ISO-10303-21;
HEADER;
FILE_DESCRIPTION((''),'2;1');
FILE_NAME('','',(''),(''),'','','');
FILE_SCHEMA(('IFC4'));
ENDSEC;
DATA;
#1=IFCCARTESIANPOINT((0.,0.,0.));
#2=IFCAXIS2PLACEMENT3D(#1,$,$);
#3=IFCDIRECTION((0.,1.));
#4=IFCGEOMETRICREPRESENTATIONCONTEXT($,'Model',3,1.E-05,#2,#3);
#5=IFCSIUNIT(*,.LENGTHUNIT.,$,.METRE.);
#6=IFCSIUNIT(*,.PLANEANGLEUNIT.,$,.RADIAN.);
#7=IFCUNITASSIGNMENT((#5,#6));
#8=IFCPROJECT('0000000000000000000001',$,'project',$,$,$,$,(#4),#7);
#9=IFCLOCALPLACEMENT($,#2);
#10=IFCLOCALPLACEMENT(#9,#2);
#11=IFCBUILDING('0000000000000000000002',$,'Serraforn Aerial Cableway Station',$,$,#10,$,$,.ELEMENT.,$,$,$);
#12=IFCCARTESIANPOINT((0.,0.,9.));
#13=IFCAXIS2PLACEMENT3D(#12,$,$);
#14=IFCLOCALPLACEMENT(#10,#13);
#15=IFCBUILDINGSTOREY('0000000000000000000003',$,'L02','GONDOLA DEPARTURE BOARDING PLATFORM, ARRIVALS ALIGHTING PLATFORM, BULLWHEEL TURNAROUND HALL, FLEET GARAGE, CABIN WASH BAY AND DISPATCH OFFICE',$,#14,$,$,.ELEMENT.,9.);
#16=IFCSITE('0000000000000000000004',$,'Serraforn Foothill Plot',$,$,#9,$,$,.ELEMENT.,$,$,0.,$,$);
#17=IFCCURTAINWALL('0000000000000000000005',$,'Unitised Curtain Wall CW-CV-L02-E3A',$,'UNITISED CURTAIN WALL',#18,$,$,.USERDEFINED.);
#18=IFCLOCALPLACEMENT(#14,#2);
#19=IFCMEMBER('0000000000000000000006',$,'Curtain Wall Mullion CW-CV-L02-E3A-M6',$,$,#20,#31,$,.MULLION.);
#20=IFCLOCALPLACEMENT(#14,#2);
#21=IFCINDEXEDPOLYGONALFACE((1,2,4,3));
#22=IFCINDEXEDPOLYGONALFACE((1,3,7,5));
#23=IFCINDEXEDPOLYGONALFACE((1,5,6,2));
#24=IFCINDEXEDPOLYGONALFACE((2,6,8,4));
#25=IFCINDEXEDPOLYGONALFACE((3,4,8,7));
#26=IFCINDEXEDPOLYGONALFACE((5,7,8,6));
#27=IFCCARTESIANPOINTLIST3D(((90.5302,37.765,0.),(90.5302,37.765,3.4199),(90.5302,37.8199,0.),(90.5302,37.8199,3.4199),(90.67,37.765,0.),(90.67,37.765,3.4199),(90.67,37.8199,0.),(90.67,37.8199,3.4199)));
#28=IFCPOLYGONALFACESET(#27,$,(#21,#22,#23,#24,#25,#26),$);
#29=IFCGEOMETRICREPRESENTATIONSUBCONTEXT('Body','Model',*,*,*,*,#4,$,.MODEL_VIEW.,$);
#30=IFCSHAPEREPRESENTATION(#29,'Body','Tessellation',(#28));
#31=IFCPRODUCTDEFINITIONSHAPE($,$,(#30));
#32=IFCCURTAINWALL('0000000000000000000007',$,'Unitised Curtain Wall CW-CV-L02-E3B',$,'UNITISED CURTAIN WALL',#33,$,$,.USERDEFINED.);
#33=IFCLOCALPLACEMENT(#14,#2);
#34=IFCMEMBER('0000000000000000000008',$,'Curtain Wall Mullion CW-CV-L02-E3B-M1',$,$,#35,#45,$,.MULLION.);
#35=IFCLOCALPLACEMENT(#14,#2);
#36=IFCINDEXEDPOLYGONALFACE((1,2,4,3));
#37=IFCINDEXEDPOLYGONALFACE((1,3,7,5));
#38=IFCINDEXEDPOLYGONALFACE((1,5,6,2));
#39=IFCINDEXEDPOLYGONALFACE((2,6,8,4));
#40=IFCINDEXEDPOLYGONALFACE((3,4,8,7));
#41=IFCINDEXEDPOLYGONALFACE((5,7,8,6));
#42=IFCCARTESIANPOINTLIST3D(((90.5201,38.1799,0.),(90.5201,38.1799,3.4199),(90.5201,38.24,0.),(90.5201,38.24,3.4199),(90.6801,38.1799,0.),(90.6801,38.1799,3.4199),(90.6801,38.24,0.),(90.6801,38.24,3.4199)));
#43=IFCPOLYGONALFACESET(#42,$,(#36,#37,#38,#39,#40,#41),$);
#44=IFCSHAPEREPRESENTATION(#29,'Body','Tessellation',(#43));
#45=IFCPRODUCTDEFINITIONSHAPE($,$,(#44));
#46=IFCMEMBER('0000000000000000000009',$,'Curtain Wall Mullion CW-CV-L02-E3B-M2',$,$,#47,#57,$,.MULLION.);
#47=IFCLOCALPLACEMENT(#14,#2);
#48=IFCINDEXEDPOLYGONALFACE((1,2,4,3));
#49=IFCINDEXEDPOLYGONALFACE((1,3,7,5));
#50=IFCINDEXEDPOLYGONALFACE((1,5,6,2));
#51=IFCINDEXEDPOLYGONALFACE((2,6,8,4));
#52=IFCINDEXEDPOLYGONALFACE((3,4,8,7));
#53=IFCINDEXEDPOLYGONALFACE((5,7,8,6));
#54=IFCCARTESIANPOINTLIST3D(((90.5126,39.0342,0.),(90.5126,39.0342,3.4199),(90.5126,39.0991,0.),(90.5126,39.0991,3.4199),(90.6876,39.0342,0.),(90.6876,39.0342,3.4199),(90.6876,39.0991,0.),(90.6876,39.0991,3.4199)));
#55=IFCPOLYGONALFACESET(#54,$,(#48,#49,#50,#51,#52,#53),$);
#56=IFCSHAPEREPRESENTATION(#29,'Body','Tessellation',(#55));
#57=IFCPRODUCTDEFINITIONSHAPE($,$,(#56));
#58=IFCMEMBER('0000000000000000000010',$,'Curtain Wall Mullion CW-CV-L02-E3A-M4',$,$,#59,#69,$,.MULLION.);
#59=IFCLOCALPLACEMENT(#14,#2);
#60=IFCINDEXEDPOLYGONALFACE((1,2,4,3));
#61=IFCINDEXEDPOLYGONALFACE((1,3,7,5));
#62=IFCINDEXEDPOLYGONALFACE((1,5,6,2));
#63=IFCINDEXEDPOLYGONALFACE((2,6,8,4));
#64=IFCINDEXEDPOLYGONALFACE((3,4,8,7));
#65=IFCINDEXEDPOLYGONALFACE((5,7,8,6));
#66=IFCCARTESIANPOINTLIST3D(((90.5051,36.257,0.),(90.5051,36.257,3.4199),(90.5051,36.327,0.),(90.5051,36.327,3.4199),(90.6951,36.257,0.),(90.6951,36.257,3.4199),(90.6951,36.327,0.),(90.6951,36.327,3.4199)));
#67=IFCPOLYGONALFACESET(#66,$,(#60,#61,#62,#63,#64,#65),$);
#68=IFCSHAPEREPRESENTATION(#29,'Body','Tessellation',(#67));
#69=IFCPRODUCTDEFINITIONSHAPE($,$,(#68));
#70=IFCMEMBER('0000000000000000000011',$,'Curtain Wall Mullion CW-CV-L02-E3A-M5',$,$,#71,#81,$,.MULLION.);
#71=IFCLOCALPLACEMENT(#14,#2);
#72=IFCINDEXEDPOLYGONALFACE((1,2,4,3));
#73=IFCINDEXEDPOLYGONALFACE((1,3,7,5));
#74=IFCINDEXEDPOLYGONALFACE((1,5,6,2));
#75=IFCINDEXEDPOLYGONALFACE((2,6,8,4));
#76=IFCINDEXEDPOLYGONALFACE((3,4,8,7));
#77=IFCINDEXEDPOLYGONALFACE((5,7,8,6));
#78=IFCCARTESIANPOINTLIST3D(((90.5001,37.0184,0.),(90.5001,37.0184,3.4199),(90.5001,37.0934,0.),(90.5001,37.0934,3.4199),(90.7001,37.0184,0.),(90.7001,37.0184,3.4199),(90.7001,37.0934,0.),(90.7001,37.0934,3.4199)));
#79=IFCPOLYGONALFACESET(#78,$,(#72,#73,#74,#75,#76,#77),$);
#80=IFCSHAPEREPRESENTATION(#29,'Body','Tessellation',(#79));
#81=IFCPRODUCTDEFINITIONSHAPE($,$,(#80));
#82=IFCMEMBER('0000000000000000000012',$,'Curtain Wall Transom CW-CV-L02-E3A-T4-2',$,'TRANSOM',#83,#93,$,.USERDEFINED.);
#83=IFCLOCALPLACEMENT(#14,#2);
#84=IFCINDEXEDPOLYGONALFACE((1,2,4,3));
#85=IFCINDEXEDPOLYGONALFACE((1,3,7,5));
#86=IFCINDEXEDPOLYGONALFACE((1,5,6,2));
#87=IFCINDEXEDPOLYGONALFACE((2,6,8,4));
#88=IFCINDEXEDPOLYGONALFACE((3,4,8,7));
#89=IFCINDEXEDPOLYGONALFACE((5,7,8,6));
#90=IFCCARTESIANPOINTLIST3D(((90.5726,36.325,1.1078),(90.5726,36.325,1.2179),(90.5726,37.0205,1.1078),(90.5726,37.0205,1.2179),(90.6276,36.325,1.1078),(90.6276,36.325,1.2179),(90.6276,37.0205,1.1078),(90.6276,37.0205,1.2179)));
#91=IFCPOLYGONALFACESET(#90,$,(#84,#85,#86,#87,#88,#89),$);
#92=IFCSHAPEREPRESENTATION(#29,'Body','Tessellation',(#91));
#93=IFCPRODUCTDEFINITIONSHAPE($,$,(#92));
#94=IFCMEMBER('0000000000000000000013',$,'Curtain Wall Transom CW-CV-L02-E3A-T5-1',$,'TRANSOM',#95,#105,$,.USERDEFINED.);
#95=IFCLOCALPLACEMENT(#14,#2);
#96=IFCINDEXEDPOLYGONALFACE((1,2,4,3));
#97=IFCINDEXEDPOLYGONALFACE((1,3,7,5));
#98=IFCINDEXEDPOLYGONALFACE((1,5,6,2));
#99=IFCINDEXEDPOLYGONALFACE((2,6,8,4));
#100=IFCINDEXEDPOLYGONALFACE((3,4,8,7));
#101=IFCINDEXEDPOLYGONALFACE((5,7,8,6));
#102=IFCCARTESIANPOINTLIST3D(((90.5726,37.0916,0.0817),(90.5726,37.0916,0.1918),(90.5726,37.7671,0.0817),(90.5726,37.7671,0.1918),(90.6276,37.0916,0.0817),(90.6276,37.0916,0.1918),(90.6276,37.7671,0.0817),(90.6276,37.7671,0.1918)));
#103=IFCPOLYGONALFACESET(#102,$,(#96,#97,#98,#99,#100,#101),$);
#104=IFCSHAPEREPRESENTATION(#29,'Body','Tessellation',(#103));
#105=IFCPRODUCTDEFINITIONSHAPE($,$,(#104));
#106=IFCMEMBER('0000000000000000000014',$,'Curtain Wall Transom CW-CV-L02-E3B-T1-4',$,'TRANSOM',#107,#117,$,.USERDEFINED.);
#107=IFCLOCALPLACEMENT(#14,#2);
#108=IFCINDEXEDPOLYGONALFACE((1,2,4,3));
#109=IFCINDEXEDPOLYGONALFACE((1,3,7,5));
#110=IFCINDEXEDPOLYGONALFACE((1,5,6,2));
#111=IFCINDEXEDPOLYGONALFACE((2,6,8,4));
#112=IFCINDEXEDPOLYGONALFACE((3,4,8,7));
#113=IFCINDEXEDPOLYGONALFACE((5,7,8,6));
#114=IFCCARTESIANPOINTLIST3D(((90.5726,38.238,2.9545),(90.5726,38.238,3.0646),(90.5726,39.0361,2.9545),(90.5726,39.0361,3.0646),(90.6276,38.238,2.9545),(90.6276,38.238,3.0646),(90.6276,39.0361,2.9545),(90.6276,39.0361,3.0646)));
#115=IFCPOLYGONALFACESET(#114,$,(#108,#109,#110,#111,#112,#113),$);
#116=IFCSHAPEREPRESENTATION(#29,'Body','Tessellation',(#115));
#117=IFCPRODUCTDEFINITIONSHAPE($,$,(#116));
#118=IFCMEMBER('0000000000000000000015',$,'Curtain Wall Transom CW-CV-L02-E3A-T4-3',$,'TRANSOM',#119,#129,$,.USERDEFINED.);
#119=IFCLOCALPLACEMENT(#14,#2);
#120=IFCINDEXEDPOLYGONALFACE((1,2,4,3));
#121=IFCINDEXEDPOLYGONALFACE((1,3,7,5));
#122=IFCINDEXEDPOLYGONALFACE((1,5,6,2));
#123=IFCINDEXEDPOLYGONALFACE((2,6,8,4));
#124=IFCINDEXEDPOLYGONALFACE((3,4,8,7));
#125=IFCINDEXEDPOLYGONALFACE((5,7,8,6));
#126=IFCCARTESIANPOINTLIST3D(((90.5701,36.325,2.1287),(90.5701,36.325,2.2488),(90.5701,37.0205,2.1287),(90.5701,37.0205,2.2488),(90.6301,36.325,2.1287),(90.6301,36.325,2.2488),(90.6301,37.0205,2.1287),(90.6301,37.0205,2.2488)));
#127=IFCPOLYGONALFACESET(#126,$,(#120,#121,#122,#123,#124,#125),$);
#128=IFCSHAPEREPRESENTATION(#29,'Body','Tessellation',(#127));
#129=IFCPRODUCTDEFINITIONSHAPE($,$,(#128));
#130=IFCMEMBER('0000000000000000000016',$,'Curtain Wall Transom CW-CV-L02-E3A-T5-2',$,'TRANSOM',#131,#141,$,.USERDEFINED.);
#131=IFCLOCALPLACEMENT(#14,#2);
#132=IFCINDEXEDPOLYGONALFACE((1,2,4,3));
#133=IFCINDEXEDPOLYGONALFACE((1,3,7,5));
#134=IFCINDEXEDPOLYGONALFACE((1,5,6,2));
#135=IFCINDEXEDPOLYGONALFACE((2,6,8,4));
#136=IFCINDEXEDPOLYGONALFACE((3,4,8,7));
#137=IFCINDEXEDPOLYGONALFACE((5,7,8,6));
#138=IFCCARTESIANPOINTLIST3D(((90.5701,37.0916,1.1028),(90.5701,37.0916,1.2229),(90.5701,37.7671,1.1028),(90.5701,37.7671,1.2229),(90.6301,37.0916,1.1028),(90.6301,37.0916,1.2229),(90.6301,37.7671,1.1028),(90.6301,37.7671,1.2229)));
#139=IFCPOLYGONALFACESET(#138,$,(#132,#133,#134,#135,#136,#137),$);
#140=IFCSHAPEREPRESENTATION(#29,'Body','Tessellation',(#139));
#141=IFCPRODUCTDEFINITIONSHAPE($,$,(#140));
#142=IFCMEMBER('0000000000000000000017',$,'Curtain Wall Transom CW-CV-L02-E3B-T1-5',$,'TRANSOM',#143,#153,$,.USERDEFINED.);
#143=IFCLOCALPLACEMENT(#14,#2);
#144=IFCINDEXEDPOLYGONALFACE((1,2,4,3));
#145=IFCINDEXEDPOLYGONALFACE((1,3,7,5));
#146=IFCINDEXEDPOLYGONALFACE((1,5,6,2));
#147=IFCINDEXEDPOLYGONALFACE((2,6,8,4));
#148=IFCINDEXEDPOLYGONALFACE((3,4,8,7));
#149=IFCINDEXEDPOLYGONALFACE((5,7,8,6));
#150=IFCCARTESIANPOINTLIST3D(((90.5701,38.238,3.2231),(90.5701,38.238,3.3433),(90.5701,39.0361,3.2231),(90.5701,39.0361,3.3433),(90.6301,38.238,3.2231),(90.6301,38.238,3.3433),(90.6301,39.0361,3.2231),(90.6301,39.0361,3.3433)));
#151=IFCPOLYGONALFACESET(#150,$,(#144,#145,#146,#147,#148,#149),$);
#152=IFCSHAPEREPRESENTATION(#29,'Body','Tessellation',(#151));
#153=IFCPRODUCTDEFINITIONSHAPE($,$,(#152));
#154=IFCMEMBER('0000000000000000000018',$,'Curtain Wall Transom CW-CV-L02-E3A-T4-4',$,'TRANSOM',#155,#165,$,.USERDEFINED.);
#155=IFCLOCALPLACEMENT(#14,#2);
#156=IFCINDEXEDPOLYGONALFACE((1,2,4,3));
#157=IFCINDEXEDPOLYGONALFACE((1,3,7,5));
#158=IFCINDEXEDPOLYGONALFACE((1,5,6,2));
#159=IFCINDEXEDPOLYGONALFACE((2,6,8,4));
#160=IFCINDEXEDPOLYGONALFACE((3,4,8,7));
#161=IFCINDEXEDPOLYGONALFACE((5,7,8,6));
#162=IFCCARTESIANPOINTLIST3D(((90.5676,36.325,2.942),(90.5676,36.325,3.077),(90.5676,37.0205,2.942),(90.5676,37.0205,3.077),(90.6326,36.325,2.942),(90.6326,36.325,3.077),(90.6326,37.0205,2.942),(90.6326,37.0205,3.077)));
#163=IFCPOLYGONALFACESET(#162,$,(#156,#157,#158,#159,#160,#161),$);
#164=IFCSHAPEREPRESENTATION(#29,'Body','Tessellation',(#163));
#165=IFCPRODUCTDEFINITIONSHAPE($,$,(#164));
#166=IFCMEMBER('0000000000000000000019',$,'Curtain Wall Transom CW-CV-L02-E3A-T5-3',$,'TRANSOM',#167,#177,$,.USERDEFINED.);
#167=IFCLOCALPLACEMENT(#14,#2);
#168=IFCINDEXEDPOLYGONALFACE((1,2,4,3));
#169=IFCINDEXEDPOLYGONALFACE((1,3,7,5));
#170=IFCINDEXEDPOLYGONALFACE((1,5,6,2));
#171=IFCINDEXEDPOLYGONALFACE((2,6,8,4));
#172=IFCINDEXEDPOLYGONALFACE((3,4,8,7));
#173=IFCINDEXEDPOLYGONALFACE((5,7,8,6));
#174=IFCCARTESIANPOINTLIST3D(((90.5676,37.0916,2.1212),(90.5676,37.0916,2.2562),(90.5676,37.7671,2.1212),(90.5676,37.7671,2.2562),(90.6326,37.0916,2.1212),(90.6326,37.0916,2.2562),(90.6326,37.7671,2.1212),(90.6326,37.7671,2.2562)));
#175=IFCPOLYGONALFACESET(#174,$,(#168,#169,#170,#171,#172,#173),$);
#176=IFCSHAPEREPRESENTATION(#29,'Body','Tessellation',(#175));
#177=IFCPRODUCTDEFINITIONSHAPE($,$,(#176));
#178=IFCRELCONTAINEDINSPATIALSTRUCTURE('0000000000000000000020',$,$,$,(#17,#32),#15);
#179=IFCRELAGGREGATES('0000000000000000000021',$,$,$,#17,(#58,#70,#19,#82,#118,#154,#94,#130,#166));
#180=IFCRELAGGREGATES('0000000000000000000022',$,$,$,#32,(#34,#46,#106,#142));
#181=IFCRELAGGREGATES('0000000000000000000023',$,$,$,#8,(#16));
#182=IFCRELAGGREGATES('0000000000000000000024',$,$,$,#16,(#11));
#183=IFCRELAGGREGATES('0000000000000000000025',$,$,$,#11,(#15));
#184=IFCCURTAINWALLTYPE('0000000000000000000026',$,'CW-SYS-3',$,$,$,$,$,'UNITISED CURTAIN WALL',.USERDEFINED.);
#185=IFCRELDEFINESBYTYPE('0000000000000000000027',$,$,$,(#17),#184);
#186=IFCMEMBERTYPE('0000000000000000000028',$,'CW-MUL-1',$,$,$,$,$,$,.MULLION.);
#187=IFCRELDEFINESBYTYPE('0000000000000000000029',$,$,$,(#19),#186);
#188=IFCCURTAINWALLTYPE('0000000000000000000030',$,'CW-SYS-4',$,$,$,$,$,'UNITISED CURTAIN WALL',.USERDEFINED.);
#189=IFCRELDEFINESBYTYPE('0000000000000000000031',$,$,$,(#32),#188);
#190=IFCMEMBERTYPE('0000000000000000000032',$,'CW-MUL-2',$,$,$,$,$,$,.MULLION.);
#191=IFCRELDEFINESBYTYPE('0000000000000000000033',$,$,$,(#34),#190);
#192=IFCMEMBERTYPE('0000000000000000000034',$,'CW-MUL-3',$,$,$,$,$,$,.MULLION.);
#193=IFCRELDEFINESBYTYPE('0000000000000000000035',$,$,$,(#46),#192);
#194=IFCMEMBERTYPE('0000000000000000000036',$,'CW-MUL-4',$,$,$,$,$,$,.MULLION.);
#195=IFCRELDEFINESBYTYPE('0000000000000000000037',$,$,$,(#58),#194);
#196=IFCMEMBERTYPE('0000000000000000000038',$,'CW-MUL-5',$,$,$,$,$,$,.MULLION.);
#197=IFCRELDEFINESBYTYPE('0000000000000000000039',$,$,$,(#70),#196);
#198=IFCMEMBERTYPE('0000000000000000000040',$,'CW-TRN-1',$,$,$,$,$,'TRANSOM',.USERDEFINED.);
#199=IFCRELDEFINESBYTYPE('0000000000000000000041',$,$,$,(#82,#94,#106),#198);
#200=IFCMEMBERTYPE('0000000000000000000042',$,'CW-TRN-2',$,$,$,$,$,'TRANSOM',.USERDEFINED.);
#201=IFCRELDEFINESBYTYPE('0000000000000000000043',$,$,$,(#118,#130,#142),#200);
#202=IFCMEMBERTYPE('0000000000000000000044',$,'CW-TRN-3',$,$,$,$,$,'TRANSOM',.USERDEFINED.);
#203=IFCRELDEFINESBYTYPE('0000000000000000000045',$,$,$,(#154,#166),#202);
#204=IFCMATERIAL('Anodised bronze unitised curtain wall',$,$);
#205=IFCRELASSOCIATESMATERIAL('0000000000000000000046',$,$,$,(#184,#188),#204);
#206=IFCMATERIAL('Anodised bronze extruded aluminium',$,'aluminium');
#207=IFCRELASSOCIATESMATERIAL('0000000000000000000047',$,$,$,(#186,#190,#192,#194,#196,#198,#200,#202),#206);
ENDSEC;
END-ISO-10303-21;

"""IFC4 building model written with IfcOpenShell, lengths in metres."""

from ifc_helpers import new_model, si_unit, direction, frame, origin, origin_2d, place, context, subcontext, project, spatial, rectangle, extrude, material, material_profile, profile_set, type_object, element, aggregate, save


model = new_model("IFC4")

# Units and contexts
model_context = context("Model", 3, precision=1e-05, world=origin(), true_north=direction((0.0, 1.0)))
body_context = subcontext(model_context, "Body", "Model", "MODEL_VIEW")
ifc_project = project(units=[si_unit("LENGTHUNIT", "METRE"), si_unit("PLANEANGLEUNIT", "RADIAN")], contexts=[model_context])

# Site, building, storey
site_placement = place(None, origin())
site = spatial("IfcSite", under=ifc_project, at=site_placement, Name="Serraforn Foothill Plot", CompositionType="ELEMENT", RefElevation=0.0)
building_placement = place(site_placement, origin())
building = spatial("IfcBuilding", under=site, at=building_placement, Name="Serraforn Aerial Cableway Station", CompositionType="ELEMENT")
storey_placement = place(building_placement, frame((0.0, 0.0, 9.0)))
storey = spatial("IfcBuildingStorey", under=building, at=storey_placement, Name="L02", Description="GONDOLA DEPARTURE BOARDING PLATFORM, ARRIVALS ALIGHTING PLATFORM, BULLWHEEL TURNAROUND HALL, FLEET GARAGE, CABIN WASH BAY AND DISPATCH OFFICE", CompositionType="ELEMENT", Elevation=9.0)

# Curtain wall, member
ifc_material_1 = material(Name="Anodised bronze unitised curtain wall")
curtain_wall_type_1 = type_object("IfcCurtainWallType", Name="CW-SYS-3", ElementType="UNITISED CURTAIN WALL", PredefinedType="USERDEFINED", material=ifc_material_1)
curtain_wall_1_placement = place(storey_placement, origin())
curtain_wall_1 = element("IfcCurtainWall", 1, at=curtain_wall_1_placement, inside=storey, type_object=curtain_wall_type_1, Name="Unitised Curtain Wall CW-CV-L02-E3A", ObjectType="UNITISED CURTAIN WALL", PredefinedType="USERDEFINED")
ifc_material_2 = material(Name="Anodised bronze extruded aluminium", Category="aluminium")
ifc_material_profile_1 = material_profile(ifc_material_2, rectangle(XDim=0.0549, YDim=0.1399, at=origin_2d()), Name="CW MULLION 55x140")
ifc_profile_set_1 = profile_set([ifc_material_profile_1], Name="Anodised bronze extruded aluminium")
member_type_1 = type_object("IfcMemberType", Name="CW-MUL-1", PredefinedType="MULLION", material=ifc_profile_set_1)
member_1_placement = place(storey_placement, frame((90.6001, 37.7925, 0.0), z_axis=(0.0, 0.0, 1.0), x_axis=(0.0, 1.0, 0.0)))
member_1 = element("IfcMember", 2, at=member_1_placement, type_object=member_type_1, Name="Curtain Wall Mullion CW-CV-L02-E3A-M6", PredefinedType="MULLION", context=body_context, shape_type="SweptSolid", body=[
    extrude(rectangle(XDim=0.0549, YDim=0.1399, at=origin_2d()), origin(), (0.0, 0.0, 1.0), 3.4199),
])

# Curtain wall, members
curtain_wall_type_2 = type_object("IfcCurtainWallType", Name="CW-SYS-4", ElementType="UNITISED CURTAIN WALL", PredefinedType="USERDEFINED", material=ifc_material_1)
curtain_wall_2_placement = place(storey_placement, origin())
curtain_wall_2 = element("IfcCurtainWall", 3, at=curtain_wall_2_placement, inside=storey, type_object=curtain_wall_type_2, Name="Unitised Curtain Wall CW-CV-L02-E3B", ObjectType="UNITISED CURTAIN WALL", PredefinedType="USERDEFINED")
ifc_material_profile_2 = material_profile(ifc_material_2, rectangle(XDim=0.0601, YDim=0.1599, at=origin_2d()), Name="CW MULLION 60x160")
ifc_profile_set_2 = profile_set([ifc_material_profile_2], Name="Anodised bronze extruded aluminium")
member_type_2 = type_object("IfcMemberType", Name="CW-MUL-2", PredefinedType="MULLION", material=ifc_profile_set_2)
member_2_placement = place(storey_placement, frame((90.6001, 38.21, 0.0), z_axis=(0.0, 0.0, 1.0), x_axis=(0.0, 1.0, 0.0)))
member_2 = element("IfcMember", 4, at=member_2_placement, type_object=member_type_2, Name="Curtain Wall Mullion CW-CV-L02-E3B-M1", PredefinedType="MULLION", context=body_context, shape_type="SweptSolid", body=[
    extrude(rectangle(XDim=0.0601, YDim=0.1599, at=origin_2d()), origin(), (0.0, 0.0, 1.0), 3.4199),
])
ifc_material_profile_3 = material_profile(ifc_material_2, rectangle(XDim=0.0649, YDim=0.175, at=origin_2d()), Name="CW MULLION 65x175")
ifc_profile_set_3 = profile_set([ifc_material_profile_3], Name="Anodised bronze extruded aluminium")
member_type_3 = type_object("IfcMemberType", Name="CW-MUL-3", PredefinedType="MULLION", material=ifc_profile_set_3)
member_3_placement = place(storey_placement, frame((90.6001, 39.0667, 0.0), z_axis=(0.0, 0.0, 1.0), x_axis=(0.0, 1.0, 0.0)))
member_3 = element("IfcMember", 5, at=member_3_placement, type_object=member_type_3, Name="Curtain Wall Mullion CW-CV-L02-E3B-M2", PredefinedType="MULLION", context=body_context, shape_type="SweptSolid", body=[
    extrude(rectangle(XDim=0.0649, YDim=0.175, at=origin_2d()), origin(), (0.0, 0.0, 1.0), 3.4199),
])

# Members
ifc_material_profile_4 = material_profile(ifc_material_2, rectangle(XDim=0.0701, YDim=0.1899, at=origin_2d()), Name="CW MULLION 70x190")
ifc_profile_set_4 = profile_set([ifc_material_profile_4], Name="Anodised bronze extruded aluminium")
member_type_4 = type_object("IfcMemberType", Name="CW-MUL-4", PredefinedType="MULLION", material=ifc_profile_set_4)
member_4_placement = place(storey_placement, frame((90.6001, 36.292, 0.0), z_axis=(0.0, 0.0, 1.0), x_axis=(0.0, 1.0, 0.0)))
member_4 = element("IfcMember", 6, at=member_4_placement, type_object=member_type_4, Name="Curtain Wall Mullion CW-CV-L02-E3A-M4", PredefinedType="MULLION", context=body_context, shape_type="SweptSolid", body=[
    extrude(rectangle(XDim=0.0701, YDim=0.1899, at=origin_2d()), origin(), (0.0, 0.0, 1.0), 3.4199),
])
ifc_material_profile_5 = material_profile(ifc_material_2, rectangle(XDim=0.075, YDim=0.2, at=origin_2d()), Name="CW MULLION 75x200")
ifc_profile_set_5 = profile_set([ifc_material_profile_5], Name="Anodised bronze extruded aluminium")
member_type_5 = type_object("IfcMemberType", Name="CW-MUL-5", PredefinedType="MULLION", material=ifc_profile_set_5)
member_5_placement = place(storey_placement, frame((90.6001, 37.0559, 0.0), z_axis=(0.0, 0.0, 1.0), x_axis=(0.0, 1.0, 0.0)))
member_5 = element("IfcMember", 7, at=member_5_placement, type_object=member_type_5, Name="Curtain Wall Mullion CW-CV-L02-E3A-M5", PredefinedType="MULLION", context=body_context, shape_type="SweptSolid", body=[
    extrude(rectangle(XDim=0.075, YDim=0.2, at=origin_2d()), origin(), (0.0, 0.0, 1.0), 3.4199),
])
ifc_material_profile_6 = material_profile(ifc_material_2, rectangle(XDim=0.0549, YDim=0.1101, at=origin_2d()), Name="CW TRANSOM 55x110")
ifc_profile_set_6 = profile_set([ifc_material_profile_6], Name="Anodised bronze extruded aluminium")
member_type_6 = type_object("IfcMemberType", Name="CW-TRN-1", ElementType="TRANSOM", PredefinedType="USERDEFINED", material=ifc_profile_set_6)
member_6_placement = place(storey_placement, frame((90.6001, 36.325, 1.1628), z_axis=(0.0, 1.0, 0.0), x_axis=(-1.0, 0.0, 0.0)))
member_6 = element("IfcMember", 8, at=member_6_placement, type_object=member_type_6, Name="Curtain Wall Transom CW-CV-L02-E3A-T4-2", ObjectType="TRANSOM", PredefinedType="USERDEFINED", context=body_context, shape_type="SweptSolid", body=[
    extrude(rectangle(XDim=0.0549, YDim=0.1101, at=origin_2d()), origin(), (0.0, 0.0, 1.0), 0.6956),
])
member_7_placement = place(storey_placement, frame((90.6001, 37.0916, 0.1367), z_axis=(0.0, 1.0, 0.0), x_axis=(-1.0, 0.0, 0.0)))
member_7 = element("IfcMember", 9, at=member_7_placement, type_object=member_type_6, Name="Curtain Wall Transom CW-CV-L02-E3A-T5-1", ObjectType="TRANSOM", PredefinedType="USERDEFINED", context=body_context, shape_type="SweptSolid", body=[
    extrude(rectangle(XDim=0.0549, YDim=0.1101, at=origin_2d()), origin(), (0.0, 0.0, 1.0), 0.6755),
])
member_8_placement = place(storey_placement, frame((90.6001, 38.238, 3.0095), z_axis=(0.0, 1.0, 0.0), x_axis=(-1.0, 0.0, 0.0)))
member_8 = element("IfcMember", 10, at=member_8_placement, type_object=member_type_6, Name="Curtain Wall Transom CW-CV-L02-E3B-T1-4", ObjectType="TRANSOM", PredefinedType="USERDEFINED", context=body_context, shape_type="SweptSolid", body=[
    extrude(rectangle(XDim=0.0549, YDim=0.1101, at=origin_2d()), origin(), (0.0, 0.0, 1.0), 0.7981),
])
ifc_material_profile_7 = material_profile(ifc_material_2, rectangle(XDim=0.0601, YDim=0.1201, at=origin_2d()), Name="CW TRANSOM 60x120")
ifc_profile_set_7 = profile_set([ifc_material_profile_7], Name="Anodised bronze extruded aluminium")
member_type_7 = type_object("IfcMemberType", Name="CW-TRN-2", ElementType="TRANSOM", PredefinedType="USERDEFINED", material=ifc_profile_set_7)
member_9_placement = place(storey_placement, frame((90.6001, 36.325, 2.1887), z_axis=(0.0, 1.0, 0.0), x_axis=(-1.0, 0.0, 0.0)))
member_9 = element("IfcMember", 11, at=member_9_placement, type_object=member_type_7, Name="Curtain Wall Transom CW-CV-L02-E3A-T4-3", ObjectType="TRANSOM", PredefinedType="USERDEFINED", context=body_context, shape_type="SweptSolid", body=[
    extrude(rectangle(XDim=0.0601, YDim=0.1201, at=origin_2d()), origin(), (0.0, 0.0, 1.0), 0.6956),
])
member_10_placement = place(storey_placement, frame((90.6001, 37.0916, 1.1628), z_axis=(0.0, 1.0, 0.0), x_axis=(-1.0, 0.0, 0.0)))
member_10 = element("IfcMember", 12, at=member_10_placement, type_object=member_type_7, Name="Curtain Wall Transom CW-CV-L02-E3A-T5-2", ObjectType="TRANSOM", PredefinedType="USERDEFINED", context=body_context, shape_type="SweptSolid", body=[
    extrude(rectangle(XDim=0.0601, YDim=0.1201, at=origin_2d()), origin(), (0.0, 0.0, 1.0), 0.6755),
])
member_11_placement = place(storey_placement, frame((90.6001, 38.238, 3.2832), z_axis=(0.0, 1.0, 0.0), x_axis=(-1.0, 0.0, 0.0)))
member_11 = element("IfcMember", 13, at=member_11_placement, type_object=member_type_7, Name="Curtain Wall Transom CW-CV-L02-E3B-T1-5", ObjectType="TRANSOM", PredefinedType="USERDEFINED", context=body_context, shape_type="SweptSolid", body=[
    extrude(rectangle(XDim=0.0601, YDim=0.1201, at=origin_2d()), origin(), (0.0, 0.0, 1.0), 0.7981),
])
ifc_material_profile_8 = material_profile(ifc_material_2, rectangle(XDim=0.0649, YDim=0.135, at=origin_2d()), Name="CW TRANSOM 65x135")
ifc_profile_set_8 = profile_set([ifc_material_profile_8], Name="Anodised bronze extruded aluminium")
member_type_8 = type_object("IfcMemberType", Name="CW-TRN-3", ElementType="TRANSOM", PredefinedType="USERDEFINED", material=ifc_profile_set_8)
member_12_placement = place(storey_placement, frame((90.6001, 36.325, 3.0095), z_axis=(0.0, 1.0, 0.0), x_axis=(-1.0, 0.0, 0.0)))
member_12 = element("IfcMember", 14, at=member_12_placement, type_object=member_type_8, Name="Curtain Wall Transom CW-CV-L02-E3A-T4-4", ObjectType="TRANSOM", PredefinedType="USERDEFINED", context=body_context, shape_type="SweptSolid", body=[
    extrude(rectangle(XDim=0.0649, YDim=0.135, at=origin_2d()), origin(), (0.0, 0.0, 1.0), 0.6956),
])
member_13_placement = place(storey_placement, frame((90.6001, 37.0916, 2.1887), z_axis=(0.0, 1.0, 0.0), x_axis=(-1.0, 0.0, 0.0)))
member_13 = element("IfcMember", 15, at=member_13_placement, type_object=member_type_8, Name="Curtain Wall Transom CW-CV-L02-E3A-T5-3", ObjectType="TRANSOM", PredefinedType="USERDEFINED", context=body_context, shape_type="SweptSolid", body=[
    extrude(rectangle(XDim=0.0649, YDim=0.135, at=origin_2d()), origin(), (0.0, 0.0, 1.0), 0.6755),
])

aggregate(curtain_wall_1, [member_4, member_5, member_1, member_6, member_9, member_12, member_7, member_10, member_13])
aggregate(curtain_wall_2, [member_2, member_3, member_8, member_11])

save(model, "model.ifc")
